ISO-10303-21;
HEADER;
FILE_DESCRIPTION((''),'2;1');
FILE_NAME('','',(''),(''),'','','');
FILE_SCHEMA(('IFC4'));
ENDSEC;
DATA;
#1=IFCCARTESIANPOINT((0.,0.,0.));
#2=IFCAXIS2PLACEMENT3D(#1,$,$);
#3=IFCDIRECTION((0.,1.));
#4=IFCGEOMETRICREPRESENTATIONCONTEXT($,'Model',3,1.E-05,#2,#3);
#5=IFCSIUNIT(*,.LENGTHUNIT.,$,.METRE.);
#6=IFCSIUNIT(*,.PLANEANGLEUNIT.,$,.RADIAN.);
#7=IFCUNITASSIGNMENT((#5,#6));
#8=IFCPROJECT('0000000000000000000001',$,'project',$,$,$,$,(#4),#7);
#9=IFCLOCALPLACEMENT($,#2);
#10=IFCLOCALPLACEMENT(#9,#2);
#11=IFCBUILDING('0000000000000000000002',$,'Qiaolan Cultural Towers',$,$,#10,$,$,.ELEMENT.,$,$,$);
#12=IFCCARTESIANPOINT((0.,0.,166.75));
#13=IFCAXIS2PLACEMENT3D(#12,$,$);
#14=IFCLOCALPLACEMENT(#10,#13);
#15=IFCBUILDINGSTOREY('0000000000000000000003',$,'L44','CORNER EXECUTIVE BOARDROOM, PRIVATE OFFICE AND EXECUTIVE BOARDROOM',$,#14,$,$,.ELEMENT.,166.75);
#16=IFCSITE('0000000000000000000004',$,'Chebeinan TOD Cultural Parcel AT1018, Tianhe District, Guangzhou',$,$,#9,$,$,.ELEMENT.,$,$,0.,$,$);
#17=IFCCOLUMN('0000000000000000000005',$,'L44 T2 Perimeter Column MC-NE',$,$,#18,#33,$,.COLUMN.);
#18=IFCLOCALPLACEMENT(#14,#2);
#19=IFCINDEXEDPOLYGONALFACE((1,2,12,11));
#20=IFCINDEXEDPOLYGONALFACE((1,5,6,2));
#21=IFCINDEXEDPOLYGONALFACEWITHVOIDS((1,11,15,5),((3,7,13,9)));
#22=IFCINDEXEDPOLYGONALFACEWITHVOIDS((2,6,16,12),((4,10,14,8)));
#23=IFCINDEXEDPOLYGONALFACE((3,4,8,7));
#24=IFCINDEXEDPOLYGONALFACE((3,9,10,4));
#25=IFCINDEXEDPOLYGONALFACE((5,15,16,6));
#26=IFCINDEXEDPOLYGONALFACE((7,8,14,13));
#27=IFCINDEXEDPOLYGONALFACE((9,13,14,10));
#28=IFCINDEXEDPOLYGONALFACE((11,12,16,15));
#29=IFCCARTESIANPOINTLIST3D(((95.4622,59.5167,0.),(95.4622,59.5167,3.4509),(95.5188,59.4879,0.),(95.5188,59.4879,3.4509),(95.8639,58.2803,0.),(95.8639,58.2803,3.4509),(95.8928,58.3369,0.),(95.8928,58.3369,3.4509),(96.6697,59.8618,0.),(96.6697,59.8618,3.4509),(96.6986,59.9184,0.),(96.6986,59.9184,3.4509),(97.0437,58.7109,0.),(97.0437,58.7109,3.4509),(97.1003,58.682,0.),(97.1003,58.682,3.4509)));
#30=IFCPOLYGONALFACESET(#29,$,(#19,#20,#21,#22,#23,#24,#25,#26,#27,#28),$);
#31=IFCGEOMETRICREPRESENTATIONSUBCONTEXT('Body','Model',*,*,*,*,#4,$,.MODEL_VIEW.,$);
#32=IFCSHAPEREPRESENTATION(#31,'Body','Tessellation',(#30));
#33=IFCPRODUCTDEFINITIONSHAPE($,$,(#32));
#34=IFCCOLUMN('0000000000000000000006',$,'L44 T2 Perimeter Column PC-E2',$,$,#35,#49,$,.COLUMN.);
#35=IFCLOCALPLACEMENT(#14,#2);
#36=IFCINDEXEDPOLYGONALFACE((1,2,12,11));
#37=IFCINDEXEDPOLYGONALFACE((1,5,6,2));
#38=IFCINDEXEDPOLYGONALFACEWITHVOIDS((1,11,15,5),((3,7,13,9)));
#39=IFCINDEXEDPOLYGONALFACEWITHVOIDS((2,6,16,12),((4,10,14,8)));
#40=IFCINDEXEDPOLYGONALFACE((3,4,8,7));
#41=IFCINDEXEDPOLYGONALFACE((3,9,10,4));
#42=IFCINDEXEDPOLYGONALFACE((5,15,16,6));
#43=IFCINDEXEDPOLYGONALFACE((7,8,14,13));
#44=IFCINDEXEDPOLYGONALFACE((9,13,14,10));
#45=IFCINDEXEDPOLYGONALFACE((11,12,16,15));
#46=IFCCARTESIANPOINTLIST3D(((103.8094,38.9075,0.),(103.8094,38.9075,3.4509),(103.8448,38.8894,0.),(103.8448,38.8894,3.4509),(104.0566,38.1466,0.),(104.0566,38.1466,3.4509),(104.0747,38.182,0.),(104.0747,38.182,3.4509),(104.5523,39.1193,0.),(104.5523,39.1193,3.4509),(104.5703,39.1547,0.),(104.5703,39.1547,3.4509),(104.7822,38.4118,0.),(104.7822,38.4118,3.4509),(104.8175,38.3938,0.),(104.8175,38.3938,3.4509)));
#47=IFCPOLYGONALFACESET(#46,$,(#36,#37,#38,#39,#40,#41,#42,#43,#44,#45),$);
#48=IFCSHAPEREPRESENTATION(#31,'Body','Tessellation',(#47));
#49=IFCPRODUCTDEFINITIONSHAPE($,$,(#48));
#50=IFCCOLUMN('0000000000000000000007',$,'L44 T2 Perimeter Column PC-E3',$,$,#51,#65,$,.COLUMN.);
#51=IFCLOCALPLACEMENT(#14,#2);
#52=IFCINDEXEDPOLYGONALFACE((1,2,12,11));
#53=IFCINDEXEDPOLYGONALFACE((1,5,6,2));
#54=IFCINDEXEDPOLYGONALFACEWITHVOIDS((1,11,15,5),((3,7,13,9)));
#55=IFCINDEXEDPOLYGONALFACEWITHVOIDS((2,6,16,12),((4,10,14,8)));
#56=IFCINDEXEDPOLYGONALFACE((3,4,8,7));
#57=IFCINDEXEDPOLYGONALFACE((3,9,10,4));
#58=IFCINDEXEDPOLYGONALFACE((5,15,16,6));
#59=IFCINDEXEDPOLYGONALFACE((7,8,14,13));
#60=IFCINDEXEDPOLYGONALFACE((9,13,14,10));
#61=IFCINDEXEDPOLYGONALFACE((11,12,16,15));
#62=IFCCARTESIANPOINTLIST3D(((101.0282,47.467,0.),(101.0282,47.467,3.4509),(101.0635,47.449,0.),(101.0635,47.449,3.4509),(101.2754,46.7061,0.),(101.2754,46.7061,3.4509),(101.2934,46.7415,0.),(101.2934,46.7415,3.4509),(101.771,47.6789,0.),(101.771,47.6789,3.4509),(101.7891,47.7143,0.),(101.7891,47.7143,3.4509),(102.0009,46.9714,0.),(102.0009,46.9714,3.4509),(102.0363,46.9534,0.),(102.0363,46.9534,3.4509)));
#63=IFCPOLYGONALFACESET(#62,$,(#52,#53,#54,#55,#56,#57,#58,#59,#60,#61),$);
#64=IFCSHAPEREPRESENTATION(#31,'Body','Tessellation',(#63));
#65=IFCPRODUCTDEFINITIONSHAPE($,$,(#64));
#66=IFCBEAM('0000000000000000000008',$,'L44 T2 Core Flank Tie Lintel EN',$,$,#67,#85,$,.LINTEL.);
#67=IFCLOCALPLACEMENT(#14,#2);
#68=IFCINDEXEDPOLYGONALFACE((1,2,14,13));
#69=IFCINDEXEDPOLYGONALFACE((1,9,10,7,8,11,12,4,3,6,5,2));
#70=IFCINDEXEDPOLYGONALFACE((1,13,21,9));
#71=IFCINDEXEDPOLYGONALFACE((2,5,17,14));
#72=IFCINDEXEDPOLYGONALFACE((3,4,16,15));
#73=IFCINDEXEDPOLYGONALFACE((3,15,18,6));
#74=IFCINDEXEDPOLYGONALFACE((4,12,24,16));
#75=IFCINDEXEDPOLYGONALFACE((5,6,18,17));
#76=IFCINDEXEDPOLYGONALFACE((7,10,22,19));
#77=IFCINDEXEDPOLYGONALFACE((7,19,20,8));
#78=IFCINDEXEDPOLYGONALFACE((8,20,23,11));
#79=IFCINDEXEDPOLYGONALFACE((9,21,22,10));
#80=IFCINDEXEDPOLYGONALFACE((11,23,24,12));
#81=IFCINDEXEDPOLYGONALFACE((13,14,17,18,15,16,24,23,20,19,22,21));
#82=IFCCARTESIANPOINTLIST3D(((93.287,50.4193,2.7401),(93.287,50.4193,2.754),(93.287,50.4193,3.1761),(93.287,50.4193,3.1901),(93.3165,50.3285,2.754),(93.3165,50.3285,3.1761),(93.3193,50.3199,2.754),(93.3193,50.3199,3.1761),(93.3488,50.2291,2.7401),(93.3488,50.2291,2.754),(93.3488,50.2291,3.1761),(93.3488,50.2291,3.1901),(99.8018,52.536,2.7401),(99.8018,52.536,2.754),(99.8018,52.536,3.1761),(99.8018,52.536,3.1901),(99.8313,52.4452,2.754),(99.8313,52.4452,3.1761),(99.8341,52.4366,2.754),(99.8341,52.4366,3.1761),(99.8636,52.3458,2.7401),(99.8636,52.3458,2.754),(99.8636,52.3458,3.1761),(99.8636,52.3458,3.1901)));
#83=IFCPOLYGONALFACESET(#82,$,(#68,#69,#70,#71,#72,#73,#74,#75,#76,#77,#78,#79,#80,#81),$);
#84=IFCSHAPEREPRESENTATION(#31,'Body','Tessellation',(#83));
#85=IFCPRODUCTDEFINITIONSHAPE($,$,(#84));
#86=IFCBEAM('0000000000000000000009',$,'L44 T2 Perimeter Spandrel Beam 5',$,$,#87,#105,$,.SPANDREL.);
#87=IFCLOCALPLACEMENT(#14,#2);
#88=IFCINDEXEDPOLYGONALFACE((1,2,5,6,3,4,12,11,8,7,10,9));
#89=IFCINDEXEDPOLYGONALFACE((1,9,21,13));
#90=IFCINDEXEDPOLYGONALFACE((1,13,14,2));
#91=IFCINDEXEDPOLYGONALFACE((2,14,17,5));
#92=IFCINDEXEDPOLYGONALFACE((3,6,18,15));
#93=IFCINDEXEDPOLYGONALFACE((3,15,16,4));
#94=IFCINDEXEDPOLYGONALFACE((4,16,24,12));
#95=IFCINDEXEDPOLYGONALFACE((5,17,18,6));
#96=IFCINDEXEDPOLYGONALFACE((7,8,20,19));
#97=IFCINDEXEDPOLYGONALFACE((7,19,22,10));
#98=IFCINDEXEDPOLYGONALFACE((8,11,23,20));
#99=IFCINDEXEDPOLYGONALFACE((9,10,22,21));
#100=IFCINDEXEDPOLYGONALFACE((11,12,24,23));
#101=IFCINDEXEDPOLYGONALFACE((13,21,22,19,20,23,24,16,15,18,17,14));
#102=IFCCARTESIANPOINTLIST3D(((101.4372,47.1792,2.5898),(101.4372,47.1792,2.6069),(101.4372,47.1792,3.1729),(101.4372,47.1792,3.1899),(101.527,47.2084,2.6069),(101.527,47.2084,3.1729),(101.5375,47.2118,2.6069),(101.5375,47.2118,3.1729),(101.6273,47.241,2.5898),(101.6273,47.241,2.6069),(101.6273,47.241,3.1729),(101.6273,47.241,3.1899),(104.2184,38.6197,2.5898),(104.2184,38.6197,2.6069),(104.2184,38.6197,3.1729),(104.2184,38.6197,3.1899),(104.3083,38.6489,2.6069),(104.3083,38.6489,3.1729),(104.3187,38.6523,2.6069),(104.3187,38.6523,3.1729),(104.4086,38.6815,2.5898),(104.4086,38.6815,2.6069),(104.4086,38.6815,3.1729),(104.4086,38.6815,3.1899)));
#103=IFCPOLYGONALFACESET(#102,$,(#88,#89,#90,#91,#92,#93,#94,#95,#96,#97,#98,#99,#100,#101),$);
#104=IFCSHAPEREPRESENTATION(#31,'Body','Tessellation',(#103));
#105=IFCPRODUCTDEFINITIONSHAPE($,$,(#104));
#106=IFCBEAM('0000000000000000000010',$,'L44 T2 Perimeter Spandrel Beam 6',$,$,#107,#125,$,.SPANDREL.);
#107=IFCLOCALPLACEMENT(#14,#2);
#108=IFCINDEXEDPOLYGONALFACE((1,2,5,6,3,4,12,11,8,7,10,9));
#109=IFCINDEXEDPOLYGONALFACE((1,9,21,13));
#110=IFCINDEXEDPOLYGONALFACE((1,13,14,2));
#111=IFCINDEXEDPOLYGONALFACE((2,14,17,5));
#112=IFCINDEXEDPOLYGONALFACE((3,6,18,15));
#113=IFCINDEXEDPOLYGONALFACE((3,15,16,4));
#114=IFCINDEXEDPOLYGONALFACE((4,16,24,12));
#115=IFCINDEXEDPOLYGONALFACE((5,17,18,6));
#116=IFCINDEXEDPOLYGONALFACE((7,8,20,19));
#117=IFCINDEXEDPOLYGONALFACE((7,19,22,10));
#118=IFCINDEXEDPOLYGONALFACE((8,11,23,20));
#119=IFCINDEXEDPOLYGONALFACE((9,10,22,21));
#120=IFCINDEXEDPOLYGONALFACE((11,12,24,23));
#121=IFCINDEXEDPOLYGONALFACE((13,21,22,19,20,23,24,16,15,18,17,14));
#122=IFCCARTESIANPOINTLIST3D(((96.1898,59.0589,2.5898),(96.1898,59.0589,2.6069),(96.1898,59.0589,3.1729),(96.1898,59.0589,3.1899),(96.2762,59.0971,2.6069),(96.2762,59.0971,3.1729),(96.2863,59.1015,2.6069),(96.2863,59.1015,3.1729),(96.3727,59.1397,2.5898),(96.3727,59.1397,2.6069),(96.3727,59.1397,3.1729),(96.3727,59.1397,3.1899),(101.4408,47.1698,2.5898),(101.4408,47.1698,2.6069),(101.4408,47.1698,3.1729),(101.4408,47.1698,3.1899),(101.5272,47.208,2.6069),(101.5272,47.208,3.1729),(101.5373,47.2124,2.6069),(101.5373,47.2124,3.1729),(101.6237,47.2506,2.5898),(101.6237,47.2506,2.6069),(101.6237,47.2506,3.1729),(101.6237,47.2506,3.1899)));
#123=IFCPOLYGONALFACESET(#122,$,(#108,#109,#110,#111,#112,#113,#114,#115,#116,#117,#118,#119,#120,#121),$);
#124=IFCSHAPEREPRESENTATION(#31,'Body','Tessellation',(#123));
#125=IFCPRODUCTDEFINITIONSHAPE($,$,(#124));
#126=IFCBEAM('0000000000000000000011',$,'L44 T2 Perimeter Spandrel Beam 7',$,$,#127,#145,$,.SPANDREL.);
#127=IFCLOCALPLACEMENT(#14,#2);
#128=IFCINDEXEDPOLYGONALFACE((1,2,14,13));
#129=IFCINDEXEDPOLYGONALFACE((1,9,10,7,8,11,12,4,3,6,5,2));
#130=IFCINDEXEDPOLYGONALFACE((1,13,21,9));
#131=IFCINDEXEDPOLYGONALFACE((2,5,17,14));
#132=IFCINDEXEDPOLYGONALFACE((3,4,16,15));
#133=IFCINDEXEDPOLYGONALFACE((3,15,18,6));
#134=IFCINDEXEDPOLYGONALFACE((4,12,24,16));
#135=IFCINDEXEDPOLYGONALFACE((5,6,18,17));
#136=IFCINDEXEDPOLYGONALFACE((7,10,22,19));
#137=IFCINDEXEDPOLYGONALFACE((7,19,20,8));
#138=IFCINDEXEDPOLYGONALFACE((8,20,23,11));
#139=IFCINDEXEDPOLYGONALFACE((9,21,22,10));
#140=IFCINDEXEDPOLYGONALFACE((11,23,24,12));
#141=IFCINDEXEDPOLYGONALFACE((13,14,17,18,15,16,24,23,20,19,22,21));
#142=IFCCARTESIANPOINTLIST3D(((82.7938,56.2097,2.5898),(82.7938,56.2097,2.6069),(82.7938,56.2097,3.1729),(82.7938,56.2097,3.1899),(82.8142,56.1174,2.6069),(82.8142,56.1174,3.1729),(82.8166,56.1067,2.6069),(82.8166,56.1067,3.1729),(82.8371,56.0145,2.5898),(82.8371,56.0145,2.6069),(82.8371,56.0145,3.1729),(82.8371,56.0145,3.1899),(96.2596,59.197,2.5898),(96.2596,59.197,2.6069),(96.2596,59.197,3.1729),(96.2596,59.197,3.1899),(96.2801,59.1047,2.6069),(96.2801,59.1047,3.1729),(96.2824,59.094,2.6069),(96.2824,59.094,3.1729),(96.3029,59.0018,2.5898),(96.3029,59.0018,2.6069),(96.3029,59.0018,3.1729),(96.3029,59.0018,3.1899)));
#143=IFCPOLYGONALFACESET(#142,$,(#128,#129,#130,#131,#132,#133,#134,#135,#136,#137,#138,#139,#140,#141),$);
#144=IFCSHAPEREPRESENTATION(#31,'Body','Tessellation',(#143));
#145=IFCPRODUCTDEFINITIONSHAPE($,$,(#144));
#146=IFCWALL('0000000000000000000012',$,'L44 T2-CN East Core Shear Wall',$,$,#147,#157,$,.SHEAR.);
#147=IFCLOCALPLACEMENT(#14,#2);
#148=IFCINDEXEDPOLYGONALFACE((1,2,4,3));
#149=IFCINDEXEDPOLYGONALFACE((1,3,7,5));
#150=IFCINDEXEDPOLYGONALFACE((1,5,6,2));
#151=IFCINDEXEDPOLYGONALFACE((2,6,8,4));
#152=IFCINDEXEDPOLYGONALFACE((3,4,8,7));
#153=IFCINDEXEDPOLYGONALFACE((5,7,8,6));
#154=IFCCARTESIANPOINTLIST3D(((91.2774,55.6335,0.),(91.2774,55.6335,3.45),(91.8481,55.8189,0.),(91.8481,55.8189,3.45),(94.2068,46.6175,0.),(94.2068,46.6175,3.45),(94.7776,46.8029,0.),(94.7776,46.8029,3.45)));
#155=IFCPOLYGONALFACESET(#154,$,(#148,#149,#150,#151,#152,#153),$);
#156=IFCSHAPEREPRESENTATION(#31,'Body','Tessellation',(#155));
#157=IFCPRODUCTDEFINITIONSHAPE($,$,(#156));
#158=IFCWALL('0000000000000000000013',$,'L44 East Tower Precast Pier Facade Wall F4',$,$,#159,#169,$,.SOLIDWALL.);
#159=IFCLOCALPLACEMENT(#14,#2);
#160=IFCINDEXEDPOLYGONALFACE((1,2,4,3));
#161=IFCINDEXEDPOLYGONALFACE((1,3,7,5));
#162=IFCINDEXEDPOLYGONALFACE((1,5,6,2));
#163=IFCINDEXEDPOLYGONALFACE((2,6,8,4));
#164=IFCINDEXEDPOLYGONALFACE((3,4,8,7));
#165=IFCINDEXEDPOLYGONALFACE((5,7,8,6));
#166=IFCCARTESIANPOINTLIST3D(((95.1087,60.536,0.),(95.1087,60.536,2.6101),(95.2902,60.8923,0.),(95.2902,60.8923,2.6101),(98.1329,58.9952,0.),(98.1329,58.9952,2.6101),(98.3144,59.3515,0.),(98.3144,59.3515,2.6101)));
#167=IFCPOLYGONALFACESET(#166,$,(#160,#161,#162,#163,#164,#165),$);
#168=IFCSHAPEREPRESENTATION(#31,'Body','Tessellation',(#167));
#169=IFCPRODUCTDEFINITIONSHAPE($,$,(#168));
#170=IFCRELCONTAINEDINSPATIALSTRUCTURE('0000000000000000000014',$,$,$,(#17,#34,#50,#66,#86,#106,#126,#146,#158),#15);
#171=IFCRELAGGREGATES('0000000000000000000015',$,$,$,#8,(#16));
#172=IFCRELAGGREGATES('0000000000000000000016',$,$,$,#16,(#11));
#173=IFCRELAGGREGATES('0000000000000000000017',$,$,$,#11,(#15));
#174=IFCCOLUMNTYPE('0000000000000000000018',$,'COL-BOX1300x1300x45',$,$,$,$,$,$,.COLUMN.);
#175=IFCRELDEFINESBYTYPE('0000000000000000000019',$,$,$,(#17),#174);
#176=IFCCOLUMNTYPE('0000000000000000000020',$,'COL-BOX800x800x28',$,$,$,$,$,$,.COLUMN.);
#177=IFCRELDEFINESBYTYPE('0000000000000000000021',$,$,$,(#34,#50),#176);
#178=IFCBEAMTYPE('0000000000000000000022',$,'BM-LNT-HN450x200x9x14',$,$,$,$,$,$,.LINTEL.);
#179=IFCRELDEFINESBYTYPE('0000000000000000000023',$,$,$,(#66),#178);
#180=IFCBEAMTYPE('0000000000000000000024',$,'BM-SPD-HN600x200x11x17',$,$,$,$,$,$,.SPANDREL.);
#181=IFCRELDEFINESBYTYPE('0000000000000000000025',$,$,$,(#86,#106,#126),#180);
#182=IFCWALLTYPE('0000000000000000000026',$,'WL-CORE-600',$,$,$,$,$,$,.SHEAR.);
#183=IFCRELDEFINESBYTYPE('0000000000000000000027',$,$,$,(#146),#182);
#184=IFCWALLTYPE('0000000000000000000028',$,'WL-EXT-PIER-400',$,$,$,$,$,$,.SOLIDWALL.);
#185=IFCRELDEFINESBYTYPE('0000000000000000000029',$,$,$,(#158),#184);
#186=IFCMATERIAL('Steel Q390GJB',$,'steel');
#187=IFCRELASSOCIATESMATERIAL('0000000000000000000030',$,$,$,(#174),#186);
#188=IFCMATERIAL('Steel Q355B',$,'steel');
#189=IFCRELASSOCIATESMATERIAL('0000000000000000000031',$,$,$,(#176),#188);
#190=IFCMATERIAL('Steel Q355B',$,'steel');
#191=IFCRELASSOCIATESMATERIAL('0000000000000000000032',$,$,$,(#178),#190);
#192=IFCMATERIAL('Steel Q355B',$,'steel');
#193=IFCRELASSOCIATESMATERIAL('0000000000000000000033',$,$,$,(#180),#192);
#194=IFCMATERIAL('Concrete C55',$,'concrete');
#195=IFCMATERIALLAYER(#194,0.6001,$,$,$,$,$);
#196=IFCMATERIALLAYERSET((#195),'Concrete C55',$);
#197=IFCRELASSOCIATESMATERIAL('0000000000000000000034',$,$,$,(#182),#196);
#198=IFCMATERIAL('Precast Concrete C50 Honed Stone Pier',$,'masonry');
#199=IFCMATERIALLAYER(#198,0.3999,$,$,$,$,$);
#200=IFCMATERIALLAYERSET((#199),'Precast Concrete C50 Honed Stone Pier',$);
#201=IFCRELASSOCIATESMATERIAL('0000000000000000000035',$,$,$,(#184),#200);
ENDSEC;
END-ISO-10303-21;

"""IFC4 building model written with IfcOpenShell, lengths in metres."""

from ifc_helpers import new_model, si_unit, direction, frame, frame_2d, origin, origin_2d, place, context, subcontext, project, spatial, rectangle, hollow_rectangle, i_section, extrude, material, layer, layer_set, material_profile, profile_set, type_object, element, save


model = new_model("IFC4")

# Units and contexts
model_context = context("Model", 3, precision=1e-05, world=origin(), true_north=direction((0.0, 1.0)))
body_context = subcontext(model_context, "Body", "Model", "MODEL_VIEW")
ifc_project = project(units=[si_unit("LENGTHUNIT", "METRE"), si_unit("PLANEANGLEUNIT", "RADIAN")], contexts=[model_context])

# Site, building, storey
site_placement = place(None, origin())
site = spatial("IfcSite", under=ifc_project, at=site_placement, Name="Chebeinan TOD Cultural Parcel AT1018, Tianhe District, Guangzhou", CompositionType="ELEMENT", RefElevation=0.0)
building_placement = place(site_placement, origin())
building = spatial("IfcBuilding", under=site, at=building_placement, Name="Qiaolan Cultural Towers", CompositionType="ELEMENT")
storey_placement = place(building_placement, frame((0.0, 0.0, 166.75)))
storey = spatial("IfcBuildingStorey", under=building, at=storey_placement, Name="L44", Description="CORNER EXECUTIVE BOARDROOM, PRIVATE OFFICE AND EXECUTIVE BOARDROOM", CompositionType="ELEMENT", Elevation=166.75)

# Columns
ifc_material_1 = material(Name="Steel Q390GJB", Category="steel")
ifc_material_profile_1 = material_profile(ifc_material_1, hollow_rectangle(XDim=1.3, YDim=1.3, WallThickness=0.0449, at=origin_2d()), Name="BOX1300x1300x45")
ifc_profile_set_1 = profile_set([ifc_material_profile_1], Name="Steel Q390GJB")
column_type_1 = type_object("IfcColumnType", Name="COL-BOX1300x1300x45", PredefinedType="COLUMN", material=ifc_profile_set_1)
column_placement = place(storey_placement, frame((96.2812, 59.0994, 0.0), z_axis=(0.0, 0.0, 1.0), x_axis=(0.951057, 0.309017, 0.0)))
element("IfcColumn", 1, at=column_placement, inside=storey, type_object=column_type_1, Name="L44 T2 Perimeter Column MC-NE", PredefinedType="COLUMN", context=body_context, shape_type="SweptSolid", body=[
    extrude(hollow_rectangle(XDim=1.3, YDim=1.3, WallThickness=0.0449, at=origin_2d()), origin(), (0.0, 0.0, 1.0), 3.4509),
])
ifc_material_2 = material(Name="Steel Q355B", Category="steel")
ifc_material_profile_2 = material_profile(ifc_material_2, hollow_rectangle(XDim=0.8, YDim=0.8, WallThickness=0.0281, at=origin_2d()), Name="BOX800x800x28")
ifc_profile_set_2 = profile_set([ifc_material_profile_2], Name="Steel Q355B")
column_type_2 = type_object("IfcColumnType", Name="COL-BOX800x800x28", PredefinedType="COLUMN", material=ifc_profile_set_2)
for number, where, z_axis, x_axis, name in (
    (2, (104.3135, 38.6506, 0.0), (0.0, 0.0, 1.0), (0.951057, 0.309017, 0.0), "L44 T2 Perimeter Column PC-E2"),
    (3, (101.5322, 47.2102, 0.0), (0.0, 0.0, 1.0), (0.951057, 0.309017, 0.0), "L44 T2 Perimeter Column PC-E3"),
):
    element("IfcColumn", number, at=place(storey_placement, frame(where, z_axis=z_axis, x_axis=x_axis)), inside=storey, type_object=column_type_2, Name=name, PredefinedType="COLUMN", context=body_context, shape_type="SweptSolid", body=[
        extrude(hollow_rectangle(XDim=0.8, YDim=0.8, WallThickness=0.0281, at=origin_2d()), origin(), (0.0, 0.0, 1.0), 3.4509),
    ])

# Beams
ifc_material_3 = material(Name="Steel Q355B", Category="steel")
ifc_material_profile_3 = material_profile(ifc_material_3, i_section(OverallWidth=0.2, OverallDepth=0.45, WebThickness=0.009, FlangeThickness=0.0139, at=origin_2d()), Name="HN450x200x9x14")
ifc_profile_set_3 = profile_set([ifc_material_profile_3], Name="Steel Q355B")
beam_type_1 = type_object("IfcBeamType", Name="BM-LNT-HN450x200x9x14", PredefinedType="LINTEL", material=ifc_profile_set_3)
beam_1_placement = place(storey_placement, frame((93.3179, 50.3242, 2.9651), z_axis=(0.951062, 0.309001, 0.0), x_axis=(-0.309001, 0.951062, 0.0)))
element("IfcBeam", 4, at=beam_1_placement, inside=storey, type_object=beam_type_1, Name="L44 T2 Core Flank Tie Lintel EN", PredefinedType="LINTEL", context=body_context, shape_type="SweptSolid", body=[
    extrude(i_section(OverallWidth=0.2, OverallDepth=0.45, WebThickness=0.009, FlangeThickness=0.0139, at=origin_2d()), origin(), (0.0, 0.0, 1.0), 6.8501),
])
ifc_material_4 = material(Name="Steel Q355B", Category="steel")
ifc_material_profile_4 = material_profile(ifc_material_4, i_section(OverallWidth=0.2, OverallDepth=0.6001, WebThickness=0.011, FlangeThickness=0.0171, at=origin_2d()), Name="HN600x200x11x17")
ifc_profile_set_4 = profile_set([ifc_material_profile_4], Name="Steel Q355B")
beam_type_2 = type_object("IfcBeamType", Name="BM-SPD-HN600x200x11x17", PredefinedType="SPANDREL", material=ifc_profile_set_4)
beam_2_placement = place(storey_placement, frame((104.3135, 38.6506, 2.8899), z_axis=(-0.309025, 0.951054, 0.0), x_axis=(-0.951054, -0.309025, 0.0)))
element("IfcBeam", 5, at=beam_2_placement, inside=storey, type_object=beam_type_2, Name="L44 T2 Perimeter Spandrel Beam 5", PredefinedType="SPANDREL", context=body_context, shape_type="SweptSolid", body=[
    extrude(i_section(OverallWidth=0.2, OverallDepth=0.6001, WebThickness=0.011, FlangeThickness=0.0171, at=origin_2d()), origin(), (0.0, 0.0, 1.0), 9.0),
])
beam_3_placement = place(storey_placement, frame((101.5322, 47.2102, 2.8899), z_axis=(-0.404011, 0.914754, 0.0), x_axis=(-0.914754, -0.404011, 0.0)))
element("IfcBeam", 6, at=beam_3_placement, inside=storey, type_object=beam_type_2, Name="L44 T2 Perimeter Spandrel Beam 6", PredefinedType="SPANDREL", context=body_context, shape_type="SweptSolid", body=[
    extrude(i_section(OverallWidth=0.2, OverallDepth=0.6001, WebThickness=0.011, FlangeThickness=0.0171, at=origin_2d()), origin(), (0.0, 0.0, 1.0), 12.9971),
])
beam_4_placement = place(storey_placement, frame((96.2812, 59.0994, 2.8899), z_axis=(-0.976265, -0.216578, 0.0), x_axis=(0.216578, -0.976265, 0.0)))
element("IfcBeam", 7, at=beam_4_placement, inside=storey, type_object=beam_type_2, Name="L44 T2 Perimeter Spandrel Beam 7", PredefinedType="SPANDREL", context=body_context, shape_type="SweptSolid", body=[
    extrude(i_section(OverallWidth=0.2, OverallDepth=0.6001, WebThickness=0.011, FlangeThickness=0.0171, at=origin_2d()), origin(), (0.0, 0.0, 1.0), 13.7932),
])

# Walls
ifc_material_5 = material(Name="Concrete C55", Category="concrete")
ifc_layer_1 = layer(ifc_material_5, 0.6001)
ifc_layer_set_1 = layer_set([ifc_layer_1], Name="Concrete C55")
wall_type_1 = type_object("IfcWallType", Name="WL-CORE-600", PredefinedType="SHEAR", material=ifc_layer_set_1)
wall_1_placement = place(storey_placement, frame((94.4922, 46.7102, 0.0), z_axis=(0.0, 0.0, 1.0), x_axis=(-0.30901, 0.951059, 0.0)))
element("IfcWall", 8, at=wall_1_placement, inside=storey, type_object=wall_type_1, Name="L44 T2-CN East Core Shear Wall", PredefinedType="SHEAR", context=body_context, shape_type="SweptSolid", body=[
    extrude(rectangle(XDim=9.48, YDim=0.6001, at=frame_2d((4.74, 0.0))), origin(), (0.0, 0.0, 1.0), 3.45),
])
ifc_material_6 = material(Name="Precast Concrete C50 Honed Stone Pier", Category="masonry")
ifc_layer_2 = layer(ifc_material_6, 0.3999)
ifc_layer_set_2 = layer_set([ifc_layer_2], Name="Precast Concrete C50 Honed Stone Pier")
wall_type_2 = type_object("IfcWallType", Name="WL-EXT-PIER-400", PredefinedType="SOLIDWALL", material=ifc_layer_set_2)
wall_2_placement = place(storey_placement, frame((95.1995, 60.7141, 0.0), z_axis=(0.0, 0.0, 1.0), x_axis=(0.891021, -0.453962, 0.0)))
element("IfcWall", 9, at=wall_2_placement, inside=storey, type_object=wall_type_2, Name="L44 East Tower Precast Pier Facade Wall F4", PredefinedType="SOLIDWALL", context=body_context, shape_type="SweptSolid", body=[
    extrude(rectangle(XDim=3.394, YDim=0.3999, at=frame_2d((1.697, 0.0))), origin(), (0.0, 0.0, 1.0), 2.6101),
])

save(model, "model.ifc")
